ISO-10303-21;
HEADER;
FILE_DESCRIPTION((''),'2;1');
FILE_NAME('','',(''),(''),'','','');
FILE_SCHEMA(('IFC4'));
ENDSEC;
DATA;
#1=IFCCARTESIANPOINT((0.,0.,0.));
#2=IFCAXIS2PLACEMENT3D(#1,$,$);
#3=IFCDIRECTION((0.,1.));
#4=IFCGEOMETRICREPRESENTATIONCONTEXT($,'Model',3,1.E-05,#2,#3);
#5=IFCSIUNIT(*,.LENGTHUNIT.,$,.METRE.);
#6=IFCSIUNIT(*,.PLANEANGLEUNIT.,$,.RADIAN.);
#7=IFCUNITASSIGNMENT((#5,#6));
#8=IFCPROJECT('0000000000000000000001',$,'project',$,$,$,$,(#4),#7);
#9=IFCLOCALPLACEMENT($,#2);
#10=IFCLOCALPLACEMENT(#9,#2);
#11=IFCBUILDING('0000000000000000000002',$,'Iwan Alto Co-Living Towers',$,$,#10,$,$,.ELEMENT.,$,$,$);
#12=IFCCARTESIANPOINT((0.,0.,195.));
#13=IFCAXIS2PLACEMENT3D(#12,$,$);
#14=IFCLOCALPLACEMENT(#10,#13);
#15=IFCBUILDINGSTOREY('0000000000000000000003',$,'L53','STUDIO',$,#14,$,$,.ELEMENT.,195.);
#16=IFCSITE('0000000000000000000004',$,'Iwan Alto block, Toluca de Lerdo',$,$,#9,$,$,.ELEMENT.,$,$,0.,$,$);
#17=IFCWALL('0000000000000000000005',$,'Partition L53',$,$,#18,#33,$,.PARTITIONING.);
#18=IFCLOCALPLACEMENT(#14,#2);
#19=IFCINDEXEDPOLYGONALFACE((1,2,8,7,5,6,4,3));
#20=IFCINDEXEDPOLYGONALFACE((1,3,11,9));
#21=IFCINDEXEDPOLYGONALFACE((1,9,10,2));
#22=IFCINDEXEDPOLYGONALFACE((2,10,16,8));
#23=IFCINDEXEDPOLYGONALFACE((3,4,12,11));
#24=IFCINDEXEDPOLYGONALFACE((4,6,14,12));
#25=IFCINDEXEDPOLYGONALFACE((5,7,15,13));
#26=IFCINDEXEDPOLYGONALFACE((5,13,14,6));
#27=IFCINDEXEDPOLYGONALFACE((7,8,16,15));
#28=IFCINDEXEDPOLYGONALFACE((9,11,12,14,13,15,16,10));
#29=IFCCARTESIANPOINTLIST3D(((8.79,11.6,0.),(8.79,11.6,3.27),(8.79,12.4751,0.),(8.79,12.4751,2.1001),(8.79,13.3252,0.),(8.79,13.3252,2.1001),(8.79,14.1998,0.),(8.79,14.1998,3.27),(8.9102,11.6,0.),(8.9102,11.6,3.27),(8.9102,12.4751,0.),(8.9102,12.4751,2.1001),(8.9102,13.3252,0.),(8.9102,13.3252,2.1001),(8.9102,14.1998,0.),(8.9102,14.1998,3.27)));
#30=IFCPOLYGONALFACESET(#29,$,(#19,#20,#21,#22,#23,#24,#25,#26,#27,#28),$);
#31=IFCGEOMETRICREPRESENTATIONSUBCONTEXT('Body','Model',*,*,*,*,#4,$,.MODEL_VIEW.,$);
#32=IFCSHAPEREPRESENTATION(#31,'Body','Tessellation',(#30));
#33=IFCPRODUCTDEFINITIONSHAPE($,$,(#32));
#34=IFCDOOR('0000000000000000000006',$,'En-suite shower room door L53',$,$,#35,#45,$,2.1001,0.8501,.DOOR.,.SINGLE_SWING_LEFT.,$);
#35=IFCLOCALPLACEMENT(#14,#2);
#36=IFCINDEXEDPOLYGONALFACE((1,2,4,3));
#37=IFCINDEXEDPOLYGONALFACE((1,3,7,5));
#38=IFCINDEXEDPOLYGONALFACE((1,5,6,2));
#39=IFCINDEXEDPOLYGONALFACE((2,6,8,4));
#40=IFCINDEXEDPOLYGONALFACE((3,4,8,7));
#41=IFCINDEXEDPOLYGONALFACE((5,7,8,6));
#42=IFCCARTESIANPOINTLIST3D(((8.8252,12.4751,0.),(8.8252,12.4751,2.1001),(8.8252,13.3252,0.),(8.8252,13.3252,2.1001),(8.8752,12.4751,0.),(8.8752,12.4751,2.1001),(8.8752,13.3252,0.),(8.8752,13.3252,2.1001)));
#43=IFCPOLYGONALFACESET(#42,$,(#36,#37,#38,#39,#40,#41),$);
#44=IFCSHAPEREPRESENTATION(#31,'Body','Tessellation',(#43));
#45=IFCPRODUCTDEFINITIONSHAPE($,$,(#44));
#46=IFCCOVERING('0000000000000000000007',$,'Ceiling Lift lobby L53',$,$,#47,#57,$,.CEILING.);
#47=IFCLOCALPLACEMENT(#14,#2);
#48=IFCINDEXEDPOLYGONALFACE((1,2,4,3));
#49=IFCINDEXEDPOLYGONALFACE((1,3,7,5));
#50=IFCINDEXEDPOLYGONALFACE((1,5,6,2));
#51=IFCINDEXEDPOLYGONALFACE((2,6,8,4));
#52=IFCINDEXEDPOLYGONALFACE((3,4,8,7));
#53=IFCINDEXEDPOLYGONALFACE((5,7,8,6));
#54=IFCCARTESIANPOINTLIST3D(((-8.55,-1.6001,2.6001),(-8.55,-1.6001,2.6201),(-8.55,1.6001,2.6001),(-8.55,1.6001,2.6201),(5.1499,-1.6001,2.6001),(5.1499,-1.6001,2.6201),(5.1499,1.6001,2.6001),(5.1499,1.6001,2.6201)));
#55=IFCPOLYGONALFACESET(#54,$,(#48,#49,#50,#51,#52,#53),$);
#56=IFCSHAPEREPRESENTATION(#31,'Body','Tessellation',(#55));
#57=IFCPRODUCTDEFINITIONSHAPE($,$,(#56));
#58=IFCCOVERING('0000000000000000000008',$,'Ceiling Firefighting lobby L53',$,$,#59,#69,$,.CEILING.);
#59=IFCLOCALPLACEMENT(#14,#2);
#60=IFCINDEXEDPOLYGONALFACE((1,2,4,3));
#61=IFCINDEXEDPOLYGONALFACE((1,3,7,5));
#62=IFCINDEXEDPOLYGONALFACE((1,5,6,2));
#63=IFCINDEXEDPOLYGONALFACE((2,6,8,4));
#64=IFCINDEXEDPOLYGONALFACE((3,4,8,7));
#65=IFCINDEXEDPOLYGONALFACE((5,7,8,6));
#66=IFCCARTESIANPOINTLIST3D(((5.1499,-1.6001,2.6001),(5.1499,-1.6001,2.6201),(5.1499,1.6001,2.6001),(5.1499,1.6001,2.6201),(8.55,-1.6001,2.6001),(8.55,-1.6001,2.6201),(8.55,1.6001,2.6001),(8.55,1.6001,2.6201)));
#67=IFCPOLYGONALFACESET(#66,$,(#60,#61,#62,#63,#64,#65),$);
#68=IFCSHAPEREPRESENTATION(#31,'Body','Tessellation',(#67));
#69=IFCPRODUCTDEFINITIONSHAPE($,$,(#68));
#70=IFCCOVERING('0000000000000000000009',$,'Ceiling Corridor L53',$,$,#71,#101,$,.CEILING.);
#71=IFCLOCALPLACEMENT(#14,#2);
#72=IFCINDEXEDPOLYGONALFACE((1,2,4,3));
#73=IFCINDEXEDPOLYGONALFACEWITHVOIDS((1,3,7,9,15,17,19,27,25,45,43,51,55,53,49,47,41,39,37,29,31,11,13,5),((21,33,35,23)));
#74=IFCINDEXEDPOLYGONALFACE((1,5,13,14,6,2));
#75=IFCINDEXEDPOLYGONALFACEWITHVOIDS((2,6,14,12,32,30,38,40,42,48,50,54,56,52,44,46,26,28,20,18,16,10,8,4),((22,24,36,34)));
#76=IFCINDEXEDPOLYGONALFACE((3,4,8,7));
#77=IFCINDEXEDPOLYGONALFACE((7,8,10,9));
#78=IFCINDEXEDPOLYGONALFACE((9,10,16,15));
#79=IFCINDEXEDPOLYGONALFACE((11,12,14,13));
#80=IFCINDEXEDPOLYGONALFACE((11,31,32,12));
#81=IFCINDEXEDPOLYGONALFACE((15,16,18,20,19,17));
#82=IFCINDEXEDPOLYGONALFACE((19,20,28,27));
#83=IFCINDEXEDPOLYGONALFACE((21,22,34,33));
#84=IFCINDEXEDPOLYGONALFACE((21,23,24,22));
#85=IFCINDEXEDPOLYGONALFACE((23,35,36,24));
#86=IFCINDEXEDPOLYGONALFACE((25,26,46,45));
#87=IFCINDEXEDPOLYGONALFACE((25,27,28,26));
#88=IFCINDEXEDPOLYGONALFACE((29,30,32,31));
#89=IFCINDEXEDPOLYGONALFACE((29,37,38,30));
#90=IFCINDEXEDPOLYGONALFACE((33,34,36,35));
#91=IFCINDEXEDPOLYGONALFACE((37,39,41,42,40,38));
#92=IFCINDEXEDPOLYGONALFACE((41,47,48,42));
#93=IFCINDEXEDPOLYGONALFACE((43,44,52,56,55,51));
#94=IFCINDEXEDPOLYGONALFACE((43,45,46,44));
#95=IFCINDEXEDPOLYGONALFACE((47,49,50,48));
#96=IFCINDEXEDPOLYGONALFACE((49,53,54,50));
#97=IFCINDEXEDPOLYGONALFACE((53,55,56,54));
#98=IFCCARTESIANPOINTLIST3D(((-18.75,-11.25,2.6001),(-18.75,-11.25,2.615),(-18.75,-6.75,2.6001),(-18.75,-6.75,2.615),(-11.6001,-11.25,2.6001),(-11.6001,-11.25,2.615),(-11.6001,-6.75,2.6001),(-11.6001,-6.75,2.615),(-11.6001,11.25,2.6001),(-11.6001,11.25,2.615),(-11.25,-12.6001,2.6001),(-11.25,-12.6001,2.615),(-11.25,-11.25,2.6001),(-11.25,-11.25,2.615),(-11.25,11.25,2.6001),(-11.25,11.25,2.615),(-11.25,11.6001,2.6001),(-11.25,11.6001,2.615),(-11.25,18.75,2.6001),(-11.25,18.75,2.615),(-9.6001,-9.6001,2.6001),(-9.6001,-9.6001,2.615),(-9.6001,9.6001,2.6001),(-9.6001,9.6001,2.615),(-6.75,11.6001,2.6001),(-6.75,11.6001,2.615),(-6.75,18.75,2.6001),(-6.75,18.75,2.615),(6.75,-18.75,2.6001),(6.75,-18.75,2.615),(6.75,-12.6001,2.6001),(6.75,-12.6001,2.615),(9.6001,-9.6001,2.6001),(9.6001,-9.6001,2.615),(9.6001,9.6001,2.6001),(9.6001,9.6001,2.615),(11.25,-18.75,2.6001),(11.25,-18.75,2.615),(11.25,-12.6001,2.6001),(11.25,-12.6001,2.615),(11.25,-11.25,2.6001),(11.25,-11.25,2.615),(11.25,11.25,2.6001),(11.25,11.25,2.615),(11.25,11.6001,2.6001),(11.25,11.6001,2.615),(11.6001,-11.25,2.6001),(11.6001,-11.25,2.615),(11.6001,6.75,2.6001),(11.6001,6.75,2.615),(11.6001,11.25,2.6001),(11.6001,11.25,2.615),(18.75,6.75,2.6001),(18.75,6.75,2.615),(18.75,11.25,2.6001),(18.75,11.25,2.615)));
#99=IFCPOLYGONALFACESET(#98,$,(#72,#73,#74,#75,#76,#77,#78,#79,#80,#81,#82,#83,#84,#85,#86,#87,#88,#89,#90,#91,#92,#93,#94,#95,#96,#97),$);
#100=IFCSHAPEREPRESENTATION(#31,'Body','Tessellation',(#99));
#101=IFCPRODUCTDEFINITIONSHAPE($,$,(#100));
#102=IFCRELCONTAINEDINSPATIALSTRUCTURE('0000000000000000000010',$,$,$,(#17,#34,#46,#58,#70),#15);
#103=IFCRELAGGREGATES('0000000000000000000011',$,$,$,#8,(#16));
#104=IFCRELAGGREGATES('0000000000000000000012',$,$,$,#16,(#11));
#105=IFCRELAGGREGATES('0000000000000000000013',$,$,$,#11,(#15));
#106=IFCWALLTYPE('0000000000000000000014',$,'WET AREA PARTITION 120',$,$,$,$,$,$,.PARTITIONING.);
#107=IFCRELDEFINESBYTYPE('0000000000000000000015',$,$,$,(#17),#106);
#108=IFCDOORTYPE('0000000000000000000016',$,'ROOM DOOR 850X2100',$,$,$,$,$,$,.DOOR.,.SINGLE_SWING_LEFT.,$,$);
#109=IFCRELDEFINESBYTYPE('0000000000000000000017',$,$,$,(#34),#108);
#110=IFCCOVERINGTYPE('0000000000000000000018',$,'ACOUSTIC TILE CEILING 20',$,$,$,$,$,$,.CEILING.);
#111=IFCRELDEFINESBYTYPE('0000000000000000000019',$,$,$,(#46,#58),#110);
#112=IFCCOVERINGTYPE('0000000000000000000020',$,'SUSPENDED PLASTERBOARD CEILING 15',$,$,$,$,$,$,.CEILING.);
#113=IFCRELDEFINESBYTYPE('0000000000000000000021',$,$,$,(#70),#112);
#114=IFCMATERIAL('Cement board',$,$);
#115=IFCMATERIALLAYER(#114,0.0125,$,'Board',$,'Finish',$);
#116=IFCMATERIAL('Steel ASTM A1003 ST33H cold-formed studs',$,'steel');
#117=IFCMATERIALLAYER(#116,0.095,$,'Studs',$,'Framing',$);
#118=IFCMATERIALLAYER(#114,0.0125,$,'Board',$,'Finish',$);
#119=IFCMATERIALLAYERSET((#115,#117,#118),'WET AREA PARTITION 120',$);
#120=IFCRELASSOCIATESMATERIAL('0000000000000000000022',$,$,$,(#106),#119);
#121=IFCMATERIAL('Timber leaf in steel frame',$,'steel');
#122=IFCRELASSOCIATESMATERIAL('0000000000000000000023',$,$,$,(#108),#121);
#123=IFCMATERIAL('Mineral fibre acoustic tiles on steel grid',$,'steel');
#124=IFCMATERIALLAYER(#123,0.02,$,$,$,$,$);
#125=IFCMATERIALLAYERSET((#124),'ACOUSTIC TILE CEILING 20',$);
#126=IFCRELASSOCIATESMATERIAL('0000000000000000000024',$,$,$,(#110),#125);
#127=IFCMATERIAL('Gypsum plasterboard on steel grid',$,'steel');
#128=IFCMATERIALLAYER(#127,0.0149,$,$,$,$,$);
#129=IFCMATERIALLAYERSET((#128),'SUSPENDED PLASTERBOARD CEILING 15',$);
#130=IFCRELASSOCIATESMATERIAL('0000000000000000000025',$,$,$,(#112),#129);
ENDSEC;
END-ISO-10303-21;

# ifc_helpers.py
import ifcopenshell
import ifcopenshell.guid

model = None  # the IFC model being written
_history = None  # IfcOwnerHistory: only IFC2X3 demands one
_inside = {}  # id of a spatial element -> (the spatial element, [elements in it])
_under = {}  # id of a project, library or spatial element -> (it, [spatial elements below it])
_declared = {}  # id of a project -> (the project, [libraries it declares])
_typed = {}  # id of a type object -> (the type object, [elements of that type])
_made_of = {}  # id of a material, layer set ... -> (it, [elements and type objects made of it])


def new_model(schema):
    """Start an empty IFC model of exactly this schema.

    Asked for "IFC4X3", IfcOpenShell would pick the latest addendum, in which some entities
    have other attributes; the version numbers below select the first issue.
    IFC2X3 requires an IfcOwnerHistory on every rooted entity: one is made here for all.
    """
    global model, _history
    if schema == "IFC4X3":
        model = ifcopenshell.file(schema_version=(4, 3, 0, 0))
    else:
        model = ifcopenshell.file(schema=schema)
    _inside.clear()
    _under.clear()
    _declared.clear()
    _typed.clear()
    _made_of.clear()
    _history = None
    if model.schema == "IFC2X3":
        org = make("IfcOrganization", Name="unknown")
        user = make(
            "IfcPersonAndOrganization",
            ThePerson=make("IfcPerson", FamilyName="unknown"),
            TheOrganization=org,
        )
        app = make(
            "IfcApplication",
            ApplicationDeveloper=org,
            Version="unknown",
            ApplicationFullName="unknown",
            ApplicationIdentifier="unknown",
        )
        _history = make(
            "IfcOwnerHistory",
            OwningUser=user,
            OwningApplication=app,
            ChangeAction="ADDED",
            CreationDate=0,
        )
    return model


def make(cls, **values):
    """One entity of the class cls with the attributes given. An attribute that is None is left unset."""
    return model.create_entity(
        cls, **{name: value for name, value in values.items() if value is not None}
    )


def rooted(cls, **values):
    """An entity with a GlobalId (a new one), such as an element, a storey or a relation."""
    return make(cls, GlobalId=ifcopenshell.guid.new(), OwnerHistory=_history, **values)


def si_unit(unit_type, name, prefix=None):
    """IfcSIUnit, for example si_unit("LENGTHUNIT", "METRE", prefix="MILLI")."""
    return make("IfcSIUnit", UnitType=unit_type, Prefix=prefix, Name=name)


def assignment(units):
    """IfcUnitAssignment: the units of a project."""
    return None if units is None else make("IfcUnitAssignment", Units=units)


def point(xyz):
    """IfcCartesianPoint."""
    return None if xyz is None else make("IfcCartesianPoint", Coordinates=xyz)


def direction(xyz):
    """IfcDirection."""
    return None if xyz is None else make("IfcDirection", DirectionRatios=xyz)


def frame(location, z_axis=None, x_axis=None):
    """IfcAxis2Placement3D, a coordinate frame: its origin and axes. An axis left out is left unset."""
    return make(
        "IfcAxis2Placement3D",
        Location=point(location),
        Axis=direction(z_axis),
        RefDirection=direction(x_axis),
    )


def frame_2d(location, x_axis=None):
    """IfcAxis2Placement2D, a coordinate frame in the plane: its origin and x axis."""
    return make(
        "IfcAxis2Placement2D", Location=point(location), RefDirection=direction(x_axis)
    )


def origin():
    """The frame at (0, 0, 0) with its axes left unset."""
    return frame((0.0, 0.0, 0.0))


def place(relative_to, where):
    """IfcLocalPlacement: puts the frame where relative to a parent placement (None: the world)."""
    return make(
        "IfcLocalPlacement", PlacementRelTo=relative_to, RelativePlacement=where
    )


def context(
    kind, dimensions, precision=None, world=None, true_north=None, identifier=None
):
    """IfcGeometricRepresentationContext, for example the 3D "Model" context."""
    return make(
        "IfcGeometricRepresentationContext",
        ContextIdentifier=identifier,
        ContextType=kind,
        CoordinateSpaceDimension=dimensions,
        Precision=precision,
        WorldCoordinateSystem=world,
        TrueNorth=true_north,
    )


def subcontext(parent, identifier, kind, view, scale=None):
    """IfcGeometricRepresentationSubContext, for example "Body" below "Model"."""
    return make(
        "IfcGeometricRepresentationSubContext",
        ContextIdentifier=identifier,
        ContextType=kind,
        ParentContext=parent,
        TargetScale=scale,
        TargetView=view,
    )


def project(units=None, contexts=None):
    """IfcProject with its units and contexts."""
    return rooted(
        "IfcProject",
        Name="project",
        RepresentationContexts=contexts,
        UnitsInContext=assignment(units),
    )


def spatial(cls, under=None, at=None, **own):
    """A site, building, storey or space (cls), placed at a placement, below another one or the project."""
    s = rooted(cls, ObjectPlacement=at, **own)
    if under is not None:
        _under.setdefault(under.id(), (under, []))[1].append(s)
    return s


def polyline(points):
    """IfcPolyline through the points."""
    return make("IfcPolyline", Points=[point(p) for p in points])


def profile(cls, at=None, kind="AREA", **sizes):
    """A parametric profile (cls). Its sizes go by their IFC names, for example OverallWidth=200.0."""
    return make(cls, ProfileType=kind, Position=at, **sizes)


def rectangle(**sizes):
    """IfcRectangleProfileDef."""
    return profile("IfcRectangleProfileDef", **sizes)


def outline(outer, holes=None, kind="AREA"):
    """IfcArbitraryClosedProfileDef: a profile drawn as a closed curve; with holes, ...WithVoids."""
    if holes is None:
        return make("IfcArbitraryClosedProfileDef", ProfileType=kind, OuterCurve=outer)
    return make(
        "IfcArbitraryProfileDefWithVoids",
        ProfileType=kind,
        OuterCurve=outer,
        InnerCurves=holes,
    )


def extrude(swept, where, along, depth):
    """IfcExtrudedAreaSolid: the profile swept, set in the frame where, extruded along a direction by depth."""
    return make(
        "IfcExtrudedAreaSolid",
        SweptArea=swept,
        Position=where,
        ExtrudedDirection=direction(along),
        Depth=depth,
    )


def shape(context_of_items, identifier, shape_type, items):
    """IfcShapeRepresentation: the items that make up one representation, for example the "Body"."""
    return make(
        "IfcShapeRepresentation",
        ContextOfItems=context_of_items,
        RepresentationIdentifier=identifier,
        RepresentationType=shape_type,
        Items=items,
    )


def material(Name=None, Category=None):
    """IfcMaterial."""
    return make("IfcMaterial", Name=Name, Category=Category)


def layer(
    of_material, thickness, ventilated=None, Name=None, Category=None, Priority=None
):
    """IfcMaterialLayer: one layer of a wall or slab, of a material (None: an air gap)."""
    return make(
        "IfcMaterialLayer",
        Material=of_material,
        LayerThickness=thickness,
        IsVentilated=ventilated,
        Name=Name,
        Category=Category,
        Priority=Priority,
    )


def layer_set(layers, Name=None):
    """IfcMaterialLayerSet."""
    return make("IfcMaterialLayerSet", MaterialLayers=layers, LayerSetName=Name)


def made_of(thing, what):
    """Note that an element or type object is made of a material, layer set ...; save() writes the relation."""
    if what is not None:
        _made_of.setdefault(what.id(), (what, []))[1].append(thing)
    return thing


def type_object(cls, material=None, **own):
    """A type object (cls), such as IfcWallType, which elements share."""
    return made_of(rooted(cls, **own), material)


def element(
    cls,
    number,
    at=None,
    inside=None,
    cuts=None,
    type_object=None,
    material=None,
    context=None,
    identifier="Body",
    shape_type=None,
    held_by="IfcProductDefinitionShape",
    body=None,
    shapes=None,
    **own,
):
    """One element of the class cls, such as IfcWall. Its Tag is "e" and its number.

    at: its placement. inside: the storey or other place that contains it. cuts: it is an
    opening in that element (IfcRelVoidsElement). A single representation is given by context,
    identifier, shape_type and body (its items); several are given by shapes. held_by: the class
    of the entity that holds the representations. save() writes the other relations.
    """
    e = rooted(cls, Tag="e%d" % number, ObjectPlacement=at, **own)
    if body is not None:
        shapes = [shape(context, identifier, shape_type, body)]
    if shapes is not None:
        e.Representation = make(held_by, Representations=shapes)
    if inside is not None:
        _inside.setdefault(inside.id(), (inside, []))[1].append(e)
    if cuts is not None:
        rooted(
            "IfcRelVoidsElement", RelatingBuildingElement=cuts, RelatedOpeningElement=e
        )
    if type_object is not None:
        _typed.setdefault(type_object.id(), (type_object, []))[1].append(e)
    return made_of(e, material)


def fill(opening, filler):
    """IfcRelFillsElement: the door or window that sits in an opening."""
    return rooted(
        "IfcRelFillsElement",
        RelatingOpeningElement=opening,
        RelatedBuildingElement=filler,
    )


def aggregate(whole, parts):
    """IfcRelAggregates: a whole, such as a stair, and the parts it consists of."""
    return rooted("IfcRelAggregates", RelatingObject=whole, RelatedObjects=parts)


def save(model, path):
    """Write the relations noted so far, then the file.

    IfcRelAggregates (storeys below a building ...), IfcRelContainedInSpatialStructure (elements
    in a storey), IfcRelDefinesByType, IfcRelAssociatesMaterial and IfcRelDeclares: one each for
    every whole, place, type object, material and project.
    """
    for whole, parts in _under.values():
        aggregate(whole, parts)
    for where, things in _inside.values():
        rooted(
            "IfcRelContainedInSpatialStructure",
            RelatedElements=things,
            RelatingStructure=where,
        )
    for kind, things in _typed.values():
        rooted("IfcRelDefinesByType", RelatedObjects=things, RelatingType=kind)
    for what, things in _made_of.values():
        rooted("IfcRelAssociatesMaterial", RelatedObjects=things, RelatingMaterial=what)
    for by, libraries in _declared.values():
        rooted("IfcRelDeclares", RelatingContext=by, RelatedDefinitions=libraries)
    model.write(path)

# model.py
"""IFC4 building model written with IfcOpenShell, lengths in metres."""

from ifc_helpers import new_model, si_unit, direction, frame, frame_2d, origin, place, context, subcontext, project, spatial, polyline, rectangle, outline, extrude, material, layer, layer_set, type_object, element, fill, save


model = new_model("IFC4")

# Units and contexts
model_context = context("Model", 3, precision=1e-05, world=origin(), true_north=direction((0.0, 1.0)))
body_context = subcontext(model_context, "Body", "Model", "MODEL_VIEW")
ifc_project = project(units=[si_unit("LENGTHUNIT", "METRE"), si_unit("PLANEANGLEUNIT", "RADIAN")], contexts=[model_context])

# Site, building, storey
site_placement = place(None, origin())
site = spatial("IfcSite", under=ifc_project, at=site_placement, Name="Iwan Alto block, Toluca de Lerdo", CompositionType="ELEMENT", RefElevation=0.0)
building_placement = place(site_placement, origin())
building = spatial("IfcBuilding", under=site, at=building_placement, Name="Iwan Alto Co-Living Towers", CompositionType="ELEMENT")
storey_placement = place(building_placement, frame((0.0, 0.0, 195.0)))
storey = spatial("IfcBuildingStorey", under=building, at=storey_placement, Name="L53", Description="STUDIO", CompositionType="ELEMENT", Elevation=195.0)

# Shared definitions
ifc_material_1 = material(Name="Steel ASTM A1003 ST33H cold-formed studs", Category="steel")

# Shared definitions
ifc_material_2 = material(Name="Cement board")
ifc_layer_1 = layer(ifc_material_2, 0.0125, Name="Board", Category="Finish")
ifc_layer_2 = layer(ifc_material_1, 0.095, Name="Studs", Category="Framing")
ifc_layer_3 = layer(ifc_material_2, 0.0125, Name="Board", Category="Finish")
ifc_layer_set_1 = layer_set([ifc_layer_1, ifc_layer_2, ifc_layer_3], Name="WET AREA PARTITION 120")
wall_type_1 = type_object("IfcWallType", Name="WET AREA PARTITION 120", PredefinedType="PARTITIONING", material=ifc_layer_set_1)
ifc_material_3 = material(Name="Timber leaf in steel frame", Category="steel")
door_type_1 = type_object("IfcDoorType", Name="ROOM DOOR 850X2100", OperationType="SINGLE_SWING_LEFT", PredefinedType="DOOR", material=ifc_material_3)

# Wall, opening, door
wall_1_placement = place(storey_placement, frame((8.8501, 11.6001, 0.0), z_axis=(0.0, 0.0, 1.0), x_axis=(0.0, 1.0, 0.0)))
wall_1 = element("IfcWall", 1, at=wall_1_placement, inside=storey, type_object=wall_type_1, Name="Partition L53", PredefinedType="PARTITIONING", context=body_context, shape_type="SweptSolid", body=[
    extrude(rectangle(XDim=2.5999, YDim=0.1201, at=frame_2d((1.2998, 0.0))), origin(), (0.0, 0.0, 1.0), 3.27),
])
opening_1_placement = place(wall_1_placement, frame((0.875, 0.0, 0.0)))
opening_1 = element("IfcOpeningElement", 2, at=opening_1_placement, cuts=wall_1, PredefinedType="OPENING", context=body_context, shape_type="SweptSolid", body=[
    extrude(rectangle(XDim=0.8501, YDim=2.1001, at=frame_2d((0.425, 1.05))), frame((0.0, 0.0701, 0.0), z_axis=(0.0, -1.0, 0.0), x_axis=(1.0, 0.0, 0.0)), (0.0, 0.0, 1.0), 0.1401),
])
door_1_placement = place(opening_1_placement, origin())
door_1 = element("IfcDoor", 3, at=door_1_placement, inside=storey, type_object=door_type_1, Name="En-suite shower room door L53", OperationType="SINGLE_SWING_LEFT", OverallHeight=2.1001, OverallWidth=0.8501, PredefinedType="DOOR", context=body_context, shape_type="SweptSolid", body=[
    extrude(rectangle(XDim=0.8501, YDim=2.1001, at=frame_2d((0.425, 1.05))), frame((0.0, 0.0249, 0.0), z_axis=(0.0, -1.0, 0.0), x_axis=(1.0, 0.0, 0.0)), (0.0, 0.0, 1.0), 0.05),
])
fill(opening_1, door_1)

# Coverings
ifc_material_4 = material(Name="Mineral fibre acoustic tiles on steel grid", Category="steel")
ifc_layer_4 = layer(ifc_material_4, 0.02)
ifc_layer_set_2 = layer_set([ifc_layer_4], Name="ACOUSTIC TILE CEILING 20")
covering_type_1 = type_object("IfcCoveringType", Name="ACOUSTIC TILE CEILING 20", PredefinedType="CEILING", material=ifc_layer_set_2)
covering_1_placement = place(storey_placement, frame((0.0, 0.0, 2.6001)))
element("IfcCovering", 4, at=covering_1_placement, inside=storey, type_object=covering_type_1, Name="Ceiling Lift lobby L53", PredefinedType="CEILING", context=body_context, shape_type="SweptSolid", body=[
    extrude(outline(polyline([(-8.55, -1.6001), (-8.55, 1.6001), (5.1499, 1.6001), (5.1499, -1.6001), (-8.55, -1.6001)])), origin(), (0.0, 0.0, 1.0), 0.02),
])
covering_2_placement = place(storey_placement, frame((0.0, 0.0, 2.6001)))
element("IfcCovering", 5, at=covering_2_placement, inside=storey, type_object=covering_type_1, Name="Ceiling Firefighting lobby L53", PredefinedType="CEILING", context=body_context, shape_type="SweptSolid", body=[
    extrude(outline(polyline([(5.1499, -1.6001), (5.1499, 1.6001), (8.55, 1.6001), (8.55, -1.6001), (5.1499, -1.6001)])), origin(), (0.0, 0.0, 1.0), 0.02),
])
ifc_material_5 = material(Name="Gypsum plasterboard on steel grid", Category="steel")
ifc_layer_5 = layer(ifc_material_5, 0.0149)
ifc_layer_set_3 = layer_set([ifc_layer_5], Name="SUSPENDED PLASTERBOARD CEILING 15")
covering_type_2 = type_object("IfcCoveringType", Name="SUSPENDED PLASTERBOARD CEILING 15", PredefinedType="CEILING", material=ifc_layer_set_3)
covering_3_placement = place(storey_placement, frame((0.0, 0.0, 2.6001)))
element("IfcCovering", 6, at=covering_3_placement, inside=storey, type_object=covering_type_2, Name="Ceiling Corridor L53", PredefinedType="CEILING", context=body_context, shape_type="SweptSolid", body=[
    extrude(outline(polyline([(-18.75, -6.75), (-11.6001, -6.75), (-11.6001, 11.25), (-11.25, 11.25), (-11.25, 11.6001), (-11.25, 18.75), (-6.75, 18.75), (-6.75, 11.6001), (11.25, 11.6001), (11.25, 11.25), (11.6001, 11.25), (18.75, 11.25), (18.75, 6.75), (11.6001, 6.75), (11.6001, -11.25), (11.25, -11.25), (11.25, -12.6001), (11.25, -18.75), (6.75, -18.75), (6.75, -12.6001), (-11.25, -12.6001), (-11.25, -11.25), (-11.6001, -11.25), (-18.75, -11.25), (-18.75, -6.75)]), holes=[polyline([(9.6001, 9.6001), (-9.6001, 9.6001), (-9.6001, -9.6001), (9.6001, -9.6001), (9.6001, 9.6001)])]), origin(), (0.0, 0.0, 1.0), 0.0149),
])

save(model, "model.ifc")
